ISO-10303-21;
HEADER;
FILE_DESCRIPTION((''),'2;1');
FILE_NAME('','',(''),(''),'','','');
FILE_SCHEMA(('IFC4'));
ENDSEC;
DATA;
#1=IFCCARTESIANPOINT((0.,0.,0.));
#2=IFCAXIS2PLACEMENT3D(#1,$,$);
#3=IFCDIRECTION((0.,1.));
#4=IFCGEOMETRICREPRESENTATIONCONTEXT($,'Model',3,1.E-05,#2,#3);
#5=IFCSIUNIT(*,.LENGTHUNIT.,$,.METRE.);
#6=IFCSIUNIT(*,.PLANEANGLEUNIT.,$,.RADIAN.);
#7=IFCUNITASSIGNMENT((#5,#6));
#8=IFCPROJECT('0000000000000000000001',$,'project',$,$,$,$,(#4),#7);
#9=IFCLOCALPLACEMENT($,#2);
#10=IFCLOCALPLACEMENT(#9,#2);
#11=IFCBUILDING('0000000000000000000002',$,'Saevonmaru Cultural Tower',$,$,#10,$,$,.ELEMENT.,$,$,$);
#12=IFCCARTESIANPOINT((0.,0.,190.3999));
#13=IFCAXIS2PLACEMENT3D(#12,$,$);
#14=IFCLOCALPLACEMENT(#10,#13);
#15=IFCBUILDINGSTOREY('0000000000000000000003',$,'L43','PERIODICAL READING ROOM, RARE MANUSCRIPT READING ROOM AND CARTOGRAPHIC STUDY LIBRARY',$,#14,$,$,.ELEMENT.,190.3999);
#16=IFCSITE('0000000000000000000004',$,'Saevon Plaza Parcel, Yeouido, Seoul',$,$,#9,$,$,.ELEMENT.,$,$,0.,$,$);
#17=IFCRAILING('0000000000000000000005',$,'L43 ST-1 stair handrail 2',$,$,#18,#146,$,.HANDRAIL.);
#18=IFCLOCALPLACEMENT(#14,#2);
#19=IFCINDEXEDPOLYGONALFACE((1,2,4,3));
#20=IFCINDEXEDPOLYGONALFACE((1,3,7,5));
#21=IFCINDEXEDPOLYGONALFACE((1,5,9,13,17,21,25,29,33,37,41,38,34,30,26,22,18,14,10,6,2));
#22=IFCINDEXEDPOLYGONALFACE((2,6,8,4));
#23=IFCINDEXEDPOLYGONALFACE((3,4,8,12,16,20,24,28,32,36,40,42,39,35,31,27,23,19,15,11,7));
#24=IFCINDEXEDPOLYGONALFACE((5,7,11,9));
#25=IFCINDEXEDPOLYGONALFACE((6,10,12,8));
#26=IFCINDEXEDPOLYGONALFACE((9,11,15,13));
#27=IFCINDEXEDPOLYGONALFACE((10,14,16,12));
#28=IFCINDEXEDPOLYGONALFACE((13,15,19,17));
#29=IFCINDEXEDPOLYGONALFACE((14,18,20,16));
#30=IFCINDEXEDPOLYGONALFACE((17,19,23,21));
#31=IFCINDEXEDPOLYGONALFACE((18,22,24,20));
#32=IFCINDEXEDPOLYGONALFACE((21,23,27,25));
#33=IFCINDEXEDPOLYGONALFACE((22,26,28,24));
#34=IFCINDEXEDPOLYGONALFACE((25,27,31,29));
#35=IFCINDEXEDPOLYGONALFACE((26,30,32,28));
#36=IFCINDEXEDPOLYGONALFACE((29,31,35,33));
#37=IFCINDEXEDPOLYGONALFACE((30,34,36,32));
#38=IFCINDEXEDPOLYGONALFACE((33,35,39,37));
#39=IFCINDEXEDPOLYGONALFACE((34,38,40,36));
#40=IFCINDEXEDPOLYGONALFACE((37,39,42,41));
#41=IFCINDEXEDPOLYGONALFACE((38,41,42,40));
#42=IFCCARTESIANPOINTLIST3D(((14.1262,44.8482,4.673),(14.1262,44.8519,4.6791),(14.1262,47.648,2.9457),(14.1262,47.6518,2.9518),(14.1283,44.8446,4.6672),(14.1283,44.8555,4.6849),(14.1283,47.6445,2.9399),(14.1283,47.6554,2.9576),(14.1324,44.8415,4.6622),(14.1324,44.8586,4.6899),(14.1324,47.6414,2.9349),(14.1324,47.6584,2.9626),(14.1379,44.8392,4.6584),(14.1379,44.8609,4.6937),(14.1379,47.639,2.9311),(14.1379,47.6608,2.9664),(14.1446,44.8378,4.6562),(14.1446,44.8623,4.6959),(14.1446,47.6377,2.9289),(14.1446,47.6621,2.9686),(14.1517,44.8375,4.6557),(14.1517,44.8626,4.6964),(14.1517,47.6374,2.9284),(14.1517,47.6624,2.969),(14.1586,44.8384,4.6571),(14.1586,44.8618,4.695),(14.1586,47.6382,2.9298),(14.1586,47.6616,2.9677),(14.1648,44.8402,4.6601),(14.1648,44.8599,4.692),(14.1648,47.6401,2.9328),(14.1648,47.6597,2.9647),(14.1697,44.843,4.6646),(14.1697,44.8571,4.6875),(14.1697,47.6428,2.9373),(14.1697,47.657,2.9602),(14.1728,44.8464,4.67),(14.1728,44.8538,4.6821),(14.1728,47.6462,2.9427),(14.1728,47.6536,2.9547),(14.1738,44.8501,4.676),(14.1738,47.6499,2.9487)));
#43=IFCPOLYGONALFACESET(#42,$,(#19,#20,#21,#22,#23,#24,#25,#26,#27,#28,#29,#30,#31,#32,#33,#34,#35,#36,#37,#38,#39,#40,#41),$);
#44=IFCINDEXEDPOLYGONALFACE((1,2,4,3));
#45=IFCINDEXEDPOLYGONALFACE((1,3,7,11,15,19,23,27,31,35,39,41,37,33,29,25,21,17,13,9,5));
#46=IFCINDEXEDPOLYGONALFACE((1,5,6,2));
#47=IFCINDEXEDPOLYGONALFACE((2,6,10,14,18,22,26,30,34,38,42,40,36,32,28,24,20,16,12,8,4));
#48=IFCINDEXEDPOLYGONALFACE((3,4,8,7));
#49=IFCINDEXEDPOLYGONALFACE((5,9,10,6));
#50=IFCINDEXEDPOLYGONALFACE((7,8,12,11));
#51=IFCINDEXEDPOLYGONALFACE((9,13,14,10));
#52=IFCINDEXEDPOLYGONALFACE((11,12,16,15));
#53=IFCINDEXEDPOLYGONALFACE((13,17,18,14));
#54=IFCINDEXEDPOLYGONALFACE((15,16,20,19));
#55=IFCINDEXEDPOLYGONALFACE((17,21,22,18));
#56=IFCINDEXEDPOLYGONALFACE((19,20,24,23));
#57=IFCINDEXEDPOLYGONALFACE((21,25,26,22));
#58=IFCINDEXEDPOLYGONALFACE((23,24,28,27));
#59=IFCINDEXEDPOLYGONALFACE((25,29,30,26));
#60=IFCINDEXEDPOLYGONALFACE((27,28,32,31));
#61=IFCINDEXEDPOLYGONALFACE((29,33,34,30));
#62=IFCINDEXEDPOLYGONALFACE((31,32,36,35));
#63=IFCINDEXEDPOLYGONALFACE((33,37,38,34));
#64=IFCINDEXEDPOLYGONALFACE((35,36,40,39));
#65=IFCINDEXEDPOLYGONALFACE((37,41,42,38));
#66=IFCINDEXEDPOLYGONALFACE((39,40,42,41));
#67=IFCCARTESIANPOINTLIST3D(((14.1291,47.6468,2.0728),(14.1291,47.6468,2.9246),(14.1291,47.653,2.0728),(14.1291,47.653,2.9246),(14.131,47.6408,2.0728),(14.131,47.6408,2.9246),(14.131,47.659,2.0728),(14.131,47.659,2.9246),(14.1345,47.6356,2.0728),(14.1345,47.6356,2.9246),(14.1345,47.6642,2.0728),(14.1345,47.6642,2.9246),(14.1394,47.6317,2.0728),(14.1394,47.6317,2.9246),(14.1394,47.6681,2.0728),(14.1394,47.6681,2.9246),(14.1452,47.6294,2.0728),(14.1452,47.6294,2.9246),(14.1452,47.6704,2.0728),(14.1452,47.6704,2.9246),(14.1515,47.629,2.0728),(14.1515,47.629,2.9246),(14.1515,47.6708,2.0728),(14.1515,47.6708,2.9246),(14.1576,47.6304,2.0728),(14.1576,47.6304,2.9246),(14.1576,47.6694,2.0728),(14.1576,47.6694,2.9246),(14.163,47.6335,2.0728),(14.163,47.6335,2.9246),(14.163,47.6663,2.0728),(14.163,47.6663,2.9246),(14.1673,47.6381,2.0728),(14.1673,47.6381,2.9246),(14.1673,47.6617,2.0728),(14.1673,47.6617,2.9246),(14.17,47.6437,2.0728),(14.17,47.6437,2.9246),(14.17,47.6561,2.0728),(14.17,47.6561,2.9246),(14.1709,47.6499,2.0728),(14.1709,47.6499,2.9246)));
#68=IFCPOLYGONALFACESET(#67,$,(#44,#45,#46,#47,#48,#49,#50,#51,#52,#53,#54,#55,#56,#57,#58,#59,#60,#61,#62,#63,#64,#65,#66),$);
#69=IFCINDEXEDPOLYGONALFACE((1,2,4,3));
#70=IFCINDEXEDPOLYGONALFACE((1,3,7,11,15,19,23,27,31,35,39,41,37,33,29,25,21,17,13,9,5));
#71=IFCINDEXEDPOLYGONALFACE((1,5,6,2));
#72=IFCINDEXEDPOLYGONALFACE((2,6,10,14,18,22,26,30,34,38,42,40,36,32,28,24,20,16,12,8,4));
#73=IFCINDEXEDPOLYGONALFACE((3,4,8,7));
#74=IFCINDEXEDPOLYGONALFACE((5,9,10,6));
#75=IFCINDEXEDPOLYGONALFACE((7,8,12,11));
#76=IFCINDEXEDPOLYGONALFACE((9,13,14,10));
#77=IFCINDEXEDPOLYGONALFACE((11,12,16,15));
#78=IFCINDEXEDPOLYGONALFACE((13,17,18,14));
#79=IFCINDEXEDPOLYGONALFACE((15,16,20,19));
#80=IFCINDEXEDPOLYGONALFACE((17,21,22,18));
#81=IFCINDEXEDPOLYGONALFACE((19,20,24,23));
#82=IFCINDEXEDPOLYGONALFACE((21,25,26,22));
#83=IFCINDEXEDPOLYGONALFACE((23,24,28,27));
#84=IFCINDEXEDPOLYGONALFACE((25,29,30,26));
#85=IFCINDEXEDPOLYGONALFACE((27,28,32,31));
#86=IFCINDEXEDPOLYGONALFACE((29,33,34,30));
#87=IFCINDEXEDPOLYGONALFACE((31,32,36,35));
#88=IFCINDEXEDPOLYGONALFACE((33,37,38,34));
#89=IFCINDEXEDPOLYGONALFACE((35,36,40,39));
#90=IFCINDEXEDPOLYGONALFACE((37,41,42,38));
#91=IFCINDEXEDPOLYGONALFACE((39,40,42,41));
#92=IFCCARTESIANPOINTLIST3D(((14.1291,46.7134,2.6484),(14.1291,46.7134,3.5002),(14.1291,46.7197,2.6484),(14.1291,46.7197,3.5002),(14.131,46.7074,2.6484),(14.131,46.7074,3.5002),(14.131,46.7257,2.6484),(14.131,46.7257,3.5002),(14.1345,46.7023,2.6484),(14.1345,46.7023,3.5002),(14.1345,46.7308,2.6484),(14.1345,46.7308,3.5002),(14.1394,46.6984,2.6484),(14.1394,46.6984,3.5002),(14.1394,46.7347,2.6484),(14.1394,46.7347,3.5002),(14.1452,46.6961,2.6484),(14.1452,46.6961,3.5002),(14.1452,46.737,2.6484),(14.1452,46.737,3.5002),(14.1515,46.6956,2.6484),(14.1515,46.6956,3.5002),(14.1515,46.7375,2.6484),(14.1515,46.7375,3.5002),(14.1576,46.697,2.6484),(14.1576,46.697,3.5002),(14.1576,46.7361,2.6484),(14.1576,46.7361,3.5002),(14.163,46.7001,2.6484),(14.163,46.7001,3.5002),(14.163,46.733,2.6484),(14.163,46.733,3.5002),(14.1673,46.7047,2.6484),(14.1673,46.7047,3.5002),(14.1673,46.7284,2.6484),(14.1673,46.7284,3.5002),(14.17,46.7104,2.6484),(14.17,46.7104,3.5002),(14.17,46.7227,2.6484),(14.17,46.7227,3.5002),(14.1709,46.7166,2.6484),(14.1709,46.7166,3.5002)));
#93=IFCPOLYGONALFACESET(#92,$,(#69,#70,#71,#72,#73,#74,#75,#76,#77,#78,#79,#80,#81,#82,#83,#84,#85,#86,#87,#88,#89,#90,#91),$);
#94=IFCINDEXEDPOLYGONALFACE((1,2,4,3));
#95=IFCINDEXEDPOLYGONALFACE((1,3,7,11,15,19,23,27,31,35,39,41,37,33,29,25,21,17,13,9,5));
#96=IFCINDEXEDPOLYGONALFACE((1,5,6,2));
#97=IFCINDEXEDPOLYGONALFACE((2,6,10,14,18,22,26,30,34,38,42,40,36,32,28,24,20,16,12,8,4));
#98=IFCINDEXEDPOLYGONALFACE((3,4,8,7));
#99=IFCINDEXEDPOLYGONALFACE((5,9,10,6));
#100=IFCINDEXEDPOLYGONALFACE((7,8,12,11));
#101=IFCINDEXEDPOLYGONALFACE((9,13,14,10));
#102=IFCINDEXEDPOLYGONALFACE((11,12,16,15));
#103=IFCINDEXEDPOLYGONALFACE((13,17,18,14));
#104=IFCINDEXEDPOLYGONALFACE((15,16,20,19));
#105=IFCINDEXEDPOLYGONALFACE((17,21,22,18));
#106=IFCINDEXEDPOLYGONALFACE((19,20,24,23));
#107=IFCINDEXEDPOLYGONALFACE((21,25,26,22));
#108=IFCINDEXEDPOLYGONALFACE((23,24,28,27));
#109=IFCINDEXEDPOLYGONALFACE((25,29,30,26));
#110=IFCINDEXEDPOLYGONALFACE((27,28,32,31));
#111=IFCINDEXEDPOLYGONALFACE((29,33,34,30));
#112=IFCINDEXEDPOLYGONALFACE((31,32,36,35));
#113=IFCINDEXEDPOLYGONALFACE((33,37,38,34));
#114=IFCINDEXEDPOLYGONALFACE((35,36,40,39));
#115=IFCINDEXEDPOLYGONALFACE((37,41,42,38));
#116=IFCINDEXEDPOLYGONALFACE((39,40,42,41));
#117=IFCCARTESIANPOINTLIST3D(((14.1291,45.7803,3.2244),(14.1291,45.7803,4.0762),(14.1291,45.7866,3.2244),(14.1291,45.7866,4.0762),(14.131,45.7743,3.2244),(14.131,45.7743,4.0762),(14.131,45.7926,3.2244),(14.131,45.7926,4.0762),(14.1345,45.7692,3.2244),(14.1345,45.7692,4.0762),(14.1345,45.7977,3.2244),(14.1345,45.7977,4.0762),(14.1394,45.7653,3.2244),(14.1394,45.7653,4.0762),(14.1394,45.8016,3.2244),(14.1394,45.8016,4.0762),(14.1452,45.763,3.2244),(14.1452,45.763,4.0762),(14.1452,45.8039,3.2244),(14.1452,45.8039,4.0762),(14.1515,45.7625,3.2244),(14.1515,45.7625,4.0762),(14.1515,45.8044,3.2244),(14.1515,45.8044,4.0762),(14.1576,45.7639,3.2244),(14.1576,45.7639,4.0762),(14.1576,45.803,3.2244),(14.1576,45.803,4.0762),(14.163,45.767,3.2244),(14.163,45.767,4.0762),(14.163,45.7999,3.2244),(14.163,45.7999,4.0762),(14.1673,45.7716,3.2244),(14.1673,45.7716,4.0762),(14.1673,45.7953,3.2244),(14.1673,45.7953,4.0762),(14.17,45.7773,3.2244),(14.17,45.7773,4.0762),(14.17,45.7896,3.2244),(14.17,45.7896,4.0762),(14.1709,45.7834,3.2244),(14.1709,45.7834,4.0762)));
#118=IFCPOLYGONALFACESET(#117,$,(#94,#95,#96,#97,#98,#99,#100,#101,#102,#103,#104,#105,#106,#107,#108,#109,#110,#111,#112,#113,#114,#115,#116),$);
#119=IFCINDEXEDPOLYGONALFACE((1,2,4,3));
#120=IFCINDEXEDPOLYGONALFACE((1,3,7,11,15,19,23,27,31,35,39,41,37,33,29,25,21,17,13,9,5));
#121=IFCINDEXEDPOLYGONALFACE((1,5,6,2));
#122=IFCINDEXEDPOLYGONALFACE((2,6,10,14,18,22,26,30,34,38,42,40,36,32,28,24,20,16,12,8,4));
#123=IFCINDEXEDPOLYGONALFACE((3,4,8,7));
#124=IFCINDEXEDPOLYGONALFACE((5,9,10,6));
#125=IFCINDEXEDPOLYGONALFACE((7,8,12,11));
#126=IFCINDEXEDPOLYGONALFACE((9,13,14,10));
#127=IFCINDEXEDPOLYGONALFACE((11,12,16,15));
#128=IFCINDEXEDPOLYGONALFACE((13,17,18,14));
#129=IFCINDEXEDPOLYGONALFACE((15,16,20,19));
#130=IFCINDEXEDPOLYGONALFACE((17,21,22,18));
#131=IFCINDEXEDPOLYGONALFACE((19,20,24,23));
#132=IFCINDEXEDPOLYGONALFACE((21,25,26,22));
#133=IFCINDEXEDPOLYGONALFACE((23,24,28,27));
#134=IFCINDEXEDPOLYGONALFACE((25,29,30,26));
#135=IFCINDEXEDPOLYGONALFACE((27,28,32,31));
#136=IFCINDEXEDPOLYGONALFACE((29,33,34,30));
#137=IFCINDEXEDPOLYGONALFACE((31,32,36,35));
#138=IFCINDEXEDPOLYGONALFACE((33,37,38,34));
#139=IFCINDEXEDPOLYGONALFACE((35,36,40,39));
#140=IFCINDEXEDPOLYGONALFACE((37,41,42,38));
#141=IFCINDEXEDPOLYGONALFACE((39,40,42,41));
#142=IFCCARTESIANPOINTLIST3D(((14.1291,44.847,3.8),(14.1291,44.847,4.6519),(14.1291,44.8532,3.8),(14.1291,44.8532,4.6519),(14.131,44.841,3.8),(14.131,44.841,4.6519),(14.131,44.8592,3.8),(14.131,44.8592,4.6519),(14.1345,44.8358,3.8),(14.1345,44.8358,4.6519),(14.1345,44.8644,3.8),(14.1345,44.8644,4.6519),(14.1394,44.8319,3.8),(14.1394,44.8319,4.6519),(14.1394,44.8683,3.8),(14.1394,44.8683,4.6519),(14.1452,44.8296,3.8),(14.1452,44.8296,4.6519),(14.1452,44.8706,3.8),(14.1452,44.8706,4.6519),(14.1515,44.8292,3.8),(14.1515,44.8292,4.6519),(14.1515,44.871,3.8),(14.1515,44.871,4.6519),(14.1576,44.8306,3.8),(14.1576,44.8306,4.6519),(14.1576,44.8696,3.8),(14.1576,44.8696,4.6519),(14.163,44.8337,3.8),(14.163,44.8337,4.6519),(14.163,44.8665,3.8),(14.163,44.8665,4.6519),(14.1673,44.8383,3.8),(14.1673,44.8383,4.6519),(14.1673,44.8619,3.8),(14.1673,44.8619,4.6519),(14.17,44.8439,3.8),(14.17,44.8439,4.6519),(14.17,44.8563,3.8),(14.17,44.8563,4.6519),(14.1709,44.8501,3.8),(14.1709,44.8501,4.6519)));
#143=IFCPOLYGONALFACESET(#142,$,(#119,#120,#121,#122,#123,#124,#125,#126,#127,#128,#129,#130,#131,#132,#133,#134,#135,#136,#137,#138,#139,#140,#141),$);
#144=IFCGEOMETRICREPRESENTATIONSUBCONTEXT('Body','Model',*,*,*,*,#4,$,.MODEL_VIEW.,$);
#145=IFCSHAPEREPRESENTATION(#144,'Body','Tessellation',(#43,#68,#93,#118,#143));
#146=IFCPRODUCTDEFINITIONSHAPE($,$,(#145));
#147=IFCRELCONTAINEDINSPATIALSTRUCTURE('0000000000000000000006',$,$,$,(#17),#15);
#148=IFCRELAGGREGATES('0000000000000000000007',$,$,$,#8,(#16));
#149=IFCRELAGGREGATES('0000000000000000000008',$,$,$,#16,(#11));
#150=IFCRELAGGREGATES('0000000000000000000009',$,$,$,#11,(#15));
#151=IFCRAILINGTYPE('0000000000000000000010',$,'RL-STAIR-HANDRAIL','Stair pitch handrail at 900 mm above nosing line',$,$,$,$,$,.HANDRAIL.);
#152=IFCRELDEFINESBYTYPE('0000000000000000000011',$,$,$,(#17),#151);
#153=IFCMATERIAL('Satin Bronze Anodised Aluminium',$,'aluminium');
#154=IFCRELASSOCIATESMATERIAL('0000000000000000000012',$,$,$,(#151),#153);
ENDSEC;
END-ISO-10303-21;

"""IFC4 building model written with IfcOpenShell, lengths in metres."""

from ifc_helpers import new_model, si_unit, direction, frame, origin, origin_2d, place, context, subcontext, project, spatial, circle, extrude, material, type_object, element, save


model = new_model("IFC4")

# Units and contexts
model_context = context("Model", 3, precision=1e-05, world=origin(), true_north=direction((0.0, 1.0)))
body_context = subcontext(model_context, "Body", "Model", "MODEL_VIEW")
ifc_project = project(units=[si_unit("LENGTHUNIT", "METRE"), si_unit("PLANEANGLEUNIT", "RADIAN")], contexts=[model_context])

# Site, building, storey
site_placement = place(None, origin())
site = spatial("IfcSite", under=ifc_project, at=site_placement, Name="Saevon Plaza Parcel, Yeouido, Seoul", CompositionType="ELEMENT", RefElevation=0.0)
building_placement = place(site_placement, origin())
building = spatial("IfcBuilding", under=site, at=building_placement, Name="Saevonmaru Cultural Tower", CompositionType="ELEMENT")
storey_placement = place(building_placement, frame((0.0, 0.0, 190.3999)))
storey = spatial("IfcBuildingStorey", under=building, at=storey_placement, Name="L43", Description="PERIODICAL READING ROOM, RARE MANUSCRIPT READING ROOM AND CARTOGRAPHIC STUDY LIBRARY", CompositionType="ELEMENT", Elevation=190.3999)

# Shared definitions
ifc_material_1 = material(Name="Satin Bronze Anodised Aluminium", Category="aluminium")

# Railing
railing_type_1 = type_object("IfcRailingType", Name="RL-STAIR-HANDRAIL", Description="Stair pitch handrail at 900 mm above nosing line", PredefinedType="HANDRAIL", material=ifc_material_1)
railing_1_placement = place(storey_placement, frame((14.1499, 47.6499, 2.0728)))
element("IfcRailing", 1, at=railing_1_placement, inside=storey, type_object=railing_type_1, Name="L43 ST-1 stair handrail 2", PredefinedType="HANDRAIL", context=body_context, shape_type="SweptSolid", body=[
    extrude(circle(Radius=0.0239, at=origin_2d()), frame((0.0, 0.0, 0.876), z_axis=(0.0, -0.851069, 0.525054), x_axis=(1.0, 0.0, 0.0)), (0.0, 0.0, 1.0), 3.2898),
    extrude(circle(Radius=0.021, at=origin_2d()), origin(), (0.0, 0.0, 1.0), 0.8518),
    extrude(circle(Radius=0.021, at=origin_2d()), frame((0.0, -0.9333, 0.5757)), (0.0, 0.0, 1.0), 0.8518),
    extrude(circle(Radius=0.021, at=origin_2d()), frame((0.0, -1.8665, 1.1516)), (0.0, 0.0, 1.0), 0.8518),
    extrude(circle(Radius=0.021, at=origin_2d()), frame((0.0, -2.7998, 1.7273)), (0.0, 0.0, 1.0), 0.8518),
])

save(model, "model.ifc")
